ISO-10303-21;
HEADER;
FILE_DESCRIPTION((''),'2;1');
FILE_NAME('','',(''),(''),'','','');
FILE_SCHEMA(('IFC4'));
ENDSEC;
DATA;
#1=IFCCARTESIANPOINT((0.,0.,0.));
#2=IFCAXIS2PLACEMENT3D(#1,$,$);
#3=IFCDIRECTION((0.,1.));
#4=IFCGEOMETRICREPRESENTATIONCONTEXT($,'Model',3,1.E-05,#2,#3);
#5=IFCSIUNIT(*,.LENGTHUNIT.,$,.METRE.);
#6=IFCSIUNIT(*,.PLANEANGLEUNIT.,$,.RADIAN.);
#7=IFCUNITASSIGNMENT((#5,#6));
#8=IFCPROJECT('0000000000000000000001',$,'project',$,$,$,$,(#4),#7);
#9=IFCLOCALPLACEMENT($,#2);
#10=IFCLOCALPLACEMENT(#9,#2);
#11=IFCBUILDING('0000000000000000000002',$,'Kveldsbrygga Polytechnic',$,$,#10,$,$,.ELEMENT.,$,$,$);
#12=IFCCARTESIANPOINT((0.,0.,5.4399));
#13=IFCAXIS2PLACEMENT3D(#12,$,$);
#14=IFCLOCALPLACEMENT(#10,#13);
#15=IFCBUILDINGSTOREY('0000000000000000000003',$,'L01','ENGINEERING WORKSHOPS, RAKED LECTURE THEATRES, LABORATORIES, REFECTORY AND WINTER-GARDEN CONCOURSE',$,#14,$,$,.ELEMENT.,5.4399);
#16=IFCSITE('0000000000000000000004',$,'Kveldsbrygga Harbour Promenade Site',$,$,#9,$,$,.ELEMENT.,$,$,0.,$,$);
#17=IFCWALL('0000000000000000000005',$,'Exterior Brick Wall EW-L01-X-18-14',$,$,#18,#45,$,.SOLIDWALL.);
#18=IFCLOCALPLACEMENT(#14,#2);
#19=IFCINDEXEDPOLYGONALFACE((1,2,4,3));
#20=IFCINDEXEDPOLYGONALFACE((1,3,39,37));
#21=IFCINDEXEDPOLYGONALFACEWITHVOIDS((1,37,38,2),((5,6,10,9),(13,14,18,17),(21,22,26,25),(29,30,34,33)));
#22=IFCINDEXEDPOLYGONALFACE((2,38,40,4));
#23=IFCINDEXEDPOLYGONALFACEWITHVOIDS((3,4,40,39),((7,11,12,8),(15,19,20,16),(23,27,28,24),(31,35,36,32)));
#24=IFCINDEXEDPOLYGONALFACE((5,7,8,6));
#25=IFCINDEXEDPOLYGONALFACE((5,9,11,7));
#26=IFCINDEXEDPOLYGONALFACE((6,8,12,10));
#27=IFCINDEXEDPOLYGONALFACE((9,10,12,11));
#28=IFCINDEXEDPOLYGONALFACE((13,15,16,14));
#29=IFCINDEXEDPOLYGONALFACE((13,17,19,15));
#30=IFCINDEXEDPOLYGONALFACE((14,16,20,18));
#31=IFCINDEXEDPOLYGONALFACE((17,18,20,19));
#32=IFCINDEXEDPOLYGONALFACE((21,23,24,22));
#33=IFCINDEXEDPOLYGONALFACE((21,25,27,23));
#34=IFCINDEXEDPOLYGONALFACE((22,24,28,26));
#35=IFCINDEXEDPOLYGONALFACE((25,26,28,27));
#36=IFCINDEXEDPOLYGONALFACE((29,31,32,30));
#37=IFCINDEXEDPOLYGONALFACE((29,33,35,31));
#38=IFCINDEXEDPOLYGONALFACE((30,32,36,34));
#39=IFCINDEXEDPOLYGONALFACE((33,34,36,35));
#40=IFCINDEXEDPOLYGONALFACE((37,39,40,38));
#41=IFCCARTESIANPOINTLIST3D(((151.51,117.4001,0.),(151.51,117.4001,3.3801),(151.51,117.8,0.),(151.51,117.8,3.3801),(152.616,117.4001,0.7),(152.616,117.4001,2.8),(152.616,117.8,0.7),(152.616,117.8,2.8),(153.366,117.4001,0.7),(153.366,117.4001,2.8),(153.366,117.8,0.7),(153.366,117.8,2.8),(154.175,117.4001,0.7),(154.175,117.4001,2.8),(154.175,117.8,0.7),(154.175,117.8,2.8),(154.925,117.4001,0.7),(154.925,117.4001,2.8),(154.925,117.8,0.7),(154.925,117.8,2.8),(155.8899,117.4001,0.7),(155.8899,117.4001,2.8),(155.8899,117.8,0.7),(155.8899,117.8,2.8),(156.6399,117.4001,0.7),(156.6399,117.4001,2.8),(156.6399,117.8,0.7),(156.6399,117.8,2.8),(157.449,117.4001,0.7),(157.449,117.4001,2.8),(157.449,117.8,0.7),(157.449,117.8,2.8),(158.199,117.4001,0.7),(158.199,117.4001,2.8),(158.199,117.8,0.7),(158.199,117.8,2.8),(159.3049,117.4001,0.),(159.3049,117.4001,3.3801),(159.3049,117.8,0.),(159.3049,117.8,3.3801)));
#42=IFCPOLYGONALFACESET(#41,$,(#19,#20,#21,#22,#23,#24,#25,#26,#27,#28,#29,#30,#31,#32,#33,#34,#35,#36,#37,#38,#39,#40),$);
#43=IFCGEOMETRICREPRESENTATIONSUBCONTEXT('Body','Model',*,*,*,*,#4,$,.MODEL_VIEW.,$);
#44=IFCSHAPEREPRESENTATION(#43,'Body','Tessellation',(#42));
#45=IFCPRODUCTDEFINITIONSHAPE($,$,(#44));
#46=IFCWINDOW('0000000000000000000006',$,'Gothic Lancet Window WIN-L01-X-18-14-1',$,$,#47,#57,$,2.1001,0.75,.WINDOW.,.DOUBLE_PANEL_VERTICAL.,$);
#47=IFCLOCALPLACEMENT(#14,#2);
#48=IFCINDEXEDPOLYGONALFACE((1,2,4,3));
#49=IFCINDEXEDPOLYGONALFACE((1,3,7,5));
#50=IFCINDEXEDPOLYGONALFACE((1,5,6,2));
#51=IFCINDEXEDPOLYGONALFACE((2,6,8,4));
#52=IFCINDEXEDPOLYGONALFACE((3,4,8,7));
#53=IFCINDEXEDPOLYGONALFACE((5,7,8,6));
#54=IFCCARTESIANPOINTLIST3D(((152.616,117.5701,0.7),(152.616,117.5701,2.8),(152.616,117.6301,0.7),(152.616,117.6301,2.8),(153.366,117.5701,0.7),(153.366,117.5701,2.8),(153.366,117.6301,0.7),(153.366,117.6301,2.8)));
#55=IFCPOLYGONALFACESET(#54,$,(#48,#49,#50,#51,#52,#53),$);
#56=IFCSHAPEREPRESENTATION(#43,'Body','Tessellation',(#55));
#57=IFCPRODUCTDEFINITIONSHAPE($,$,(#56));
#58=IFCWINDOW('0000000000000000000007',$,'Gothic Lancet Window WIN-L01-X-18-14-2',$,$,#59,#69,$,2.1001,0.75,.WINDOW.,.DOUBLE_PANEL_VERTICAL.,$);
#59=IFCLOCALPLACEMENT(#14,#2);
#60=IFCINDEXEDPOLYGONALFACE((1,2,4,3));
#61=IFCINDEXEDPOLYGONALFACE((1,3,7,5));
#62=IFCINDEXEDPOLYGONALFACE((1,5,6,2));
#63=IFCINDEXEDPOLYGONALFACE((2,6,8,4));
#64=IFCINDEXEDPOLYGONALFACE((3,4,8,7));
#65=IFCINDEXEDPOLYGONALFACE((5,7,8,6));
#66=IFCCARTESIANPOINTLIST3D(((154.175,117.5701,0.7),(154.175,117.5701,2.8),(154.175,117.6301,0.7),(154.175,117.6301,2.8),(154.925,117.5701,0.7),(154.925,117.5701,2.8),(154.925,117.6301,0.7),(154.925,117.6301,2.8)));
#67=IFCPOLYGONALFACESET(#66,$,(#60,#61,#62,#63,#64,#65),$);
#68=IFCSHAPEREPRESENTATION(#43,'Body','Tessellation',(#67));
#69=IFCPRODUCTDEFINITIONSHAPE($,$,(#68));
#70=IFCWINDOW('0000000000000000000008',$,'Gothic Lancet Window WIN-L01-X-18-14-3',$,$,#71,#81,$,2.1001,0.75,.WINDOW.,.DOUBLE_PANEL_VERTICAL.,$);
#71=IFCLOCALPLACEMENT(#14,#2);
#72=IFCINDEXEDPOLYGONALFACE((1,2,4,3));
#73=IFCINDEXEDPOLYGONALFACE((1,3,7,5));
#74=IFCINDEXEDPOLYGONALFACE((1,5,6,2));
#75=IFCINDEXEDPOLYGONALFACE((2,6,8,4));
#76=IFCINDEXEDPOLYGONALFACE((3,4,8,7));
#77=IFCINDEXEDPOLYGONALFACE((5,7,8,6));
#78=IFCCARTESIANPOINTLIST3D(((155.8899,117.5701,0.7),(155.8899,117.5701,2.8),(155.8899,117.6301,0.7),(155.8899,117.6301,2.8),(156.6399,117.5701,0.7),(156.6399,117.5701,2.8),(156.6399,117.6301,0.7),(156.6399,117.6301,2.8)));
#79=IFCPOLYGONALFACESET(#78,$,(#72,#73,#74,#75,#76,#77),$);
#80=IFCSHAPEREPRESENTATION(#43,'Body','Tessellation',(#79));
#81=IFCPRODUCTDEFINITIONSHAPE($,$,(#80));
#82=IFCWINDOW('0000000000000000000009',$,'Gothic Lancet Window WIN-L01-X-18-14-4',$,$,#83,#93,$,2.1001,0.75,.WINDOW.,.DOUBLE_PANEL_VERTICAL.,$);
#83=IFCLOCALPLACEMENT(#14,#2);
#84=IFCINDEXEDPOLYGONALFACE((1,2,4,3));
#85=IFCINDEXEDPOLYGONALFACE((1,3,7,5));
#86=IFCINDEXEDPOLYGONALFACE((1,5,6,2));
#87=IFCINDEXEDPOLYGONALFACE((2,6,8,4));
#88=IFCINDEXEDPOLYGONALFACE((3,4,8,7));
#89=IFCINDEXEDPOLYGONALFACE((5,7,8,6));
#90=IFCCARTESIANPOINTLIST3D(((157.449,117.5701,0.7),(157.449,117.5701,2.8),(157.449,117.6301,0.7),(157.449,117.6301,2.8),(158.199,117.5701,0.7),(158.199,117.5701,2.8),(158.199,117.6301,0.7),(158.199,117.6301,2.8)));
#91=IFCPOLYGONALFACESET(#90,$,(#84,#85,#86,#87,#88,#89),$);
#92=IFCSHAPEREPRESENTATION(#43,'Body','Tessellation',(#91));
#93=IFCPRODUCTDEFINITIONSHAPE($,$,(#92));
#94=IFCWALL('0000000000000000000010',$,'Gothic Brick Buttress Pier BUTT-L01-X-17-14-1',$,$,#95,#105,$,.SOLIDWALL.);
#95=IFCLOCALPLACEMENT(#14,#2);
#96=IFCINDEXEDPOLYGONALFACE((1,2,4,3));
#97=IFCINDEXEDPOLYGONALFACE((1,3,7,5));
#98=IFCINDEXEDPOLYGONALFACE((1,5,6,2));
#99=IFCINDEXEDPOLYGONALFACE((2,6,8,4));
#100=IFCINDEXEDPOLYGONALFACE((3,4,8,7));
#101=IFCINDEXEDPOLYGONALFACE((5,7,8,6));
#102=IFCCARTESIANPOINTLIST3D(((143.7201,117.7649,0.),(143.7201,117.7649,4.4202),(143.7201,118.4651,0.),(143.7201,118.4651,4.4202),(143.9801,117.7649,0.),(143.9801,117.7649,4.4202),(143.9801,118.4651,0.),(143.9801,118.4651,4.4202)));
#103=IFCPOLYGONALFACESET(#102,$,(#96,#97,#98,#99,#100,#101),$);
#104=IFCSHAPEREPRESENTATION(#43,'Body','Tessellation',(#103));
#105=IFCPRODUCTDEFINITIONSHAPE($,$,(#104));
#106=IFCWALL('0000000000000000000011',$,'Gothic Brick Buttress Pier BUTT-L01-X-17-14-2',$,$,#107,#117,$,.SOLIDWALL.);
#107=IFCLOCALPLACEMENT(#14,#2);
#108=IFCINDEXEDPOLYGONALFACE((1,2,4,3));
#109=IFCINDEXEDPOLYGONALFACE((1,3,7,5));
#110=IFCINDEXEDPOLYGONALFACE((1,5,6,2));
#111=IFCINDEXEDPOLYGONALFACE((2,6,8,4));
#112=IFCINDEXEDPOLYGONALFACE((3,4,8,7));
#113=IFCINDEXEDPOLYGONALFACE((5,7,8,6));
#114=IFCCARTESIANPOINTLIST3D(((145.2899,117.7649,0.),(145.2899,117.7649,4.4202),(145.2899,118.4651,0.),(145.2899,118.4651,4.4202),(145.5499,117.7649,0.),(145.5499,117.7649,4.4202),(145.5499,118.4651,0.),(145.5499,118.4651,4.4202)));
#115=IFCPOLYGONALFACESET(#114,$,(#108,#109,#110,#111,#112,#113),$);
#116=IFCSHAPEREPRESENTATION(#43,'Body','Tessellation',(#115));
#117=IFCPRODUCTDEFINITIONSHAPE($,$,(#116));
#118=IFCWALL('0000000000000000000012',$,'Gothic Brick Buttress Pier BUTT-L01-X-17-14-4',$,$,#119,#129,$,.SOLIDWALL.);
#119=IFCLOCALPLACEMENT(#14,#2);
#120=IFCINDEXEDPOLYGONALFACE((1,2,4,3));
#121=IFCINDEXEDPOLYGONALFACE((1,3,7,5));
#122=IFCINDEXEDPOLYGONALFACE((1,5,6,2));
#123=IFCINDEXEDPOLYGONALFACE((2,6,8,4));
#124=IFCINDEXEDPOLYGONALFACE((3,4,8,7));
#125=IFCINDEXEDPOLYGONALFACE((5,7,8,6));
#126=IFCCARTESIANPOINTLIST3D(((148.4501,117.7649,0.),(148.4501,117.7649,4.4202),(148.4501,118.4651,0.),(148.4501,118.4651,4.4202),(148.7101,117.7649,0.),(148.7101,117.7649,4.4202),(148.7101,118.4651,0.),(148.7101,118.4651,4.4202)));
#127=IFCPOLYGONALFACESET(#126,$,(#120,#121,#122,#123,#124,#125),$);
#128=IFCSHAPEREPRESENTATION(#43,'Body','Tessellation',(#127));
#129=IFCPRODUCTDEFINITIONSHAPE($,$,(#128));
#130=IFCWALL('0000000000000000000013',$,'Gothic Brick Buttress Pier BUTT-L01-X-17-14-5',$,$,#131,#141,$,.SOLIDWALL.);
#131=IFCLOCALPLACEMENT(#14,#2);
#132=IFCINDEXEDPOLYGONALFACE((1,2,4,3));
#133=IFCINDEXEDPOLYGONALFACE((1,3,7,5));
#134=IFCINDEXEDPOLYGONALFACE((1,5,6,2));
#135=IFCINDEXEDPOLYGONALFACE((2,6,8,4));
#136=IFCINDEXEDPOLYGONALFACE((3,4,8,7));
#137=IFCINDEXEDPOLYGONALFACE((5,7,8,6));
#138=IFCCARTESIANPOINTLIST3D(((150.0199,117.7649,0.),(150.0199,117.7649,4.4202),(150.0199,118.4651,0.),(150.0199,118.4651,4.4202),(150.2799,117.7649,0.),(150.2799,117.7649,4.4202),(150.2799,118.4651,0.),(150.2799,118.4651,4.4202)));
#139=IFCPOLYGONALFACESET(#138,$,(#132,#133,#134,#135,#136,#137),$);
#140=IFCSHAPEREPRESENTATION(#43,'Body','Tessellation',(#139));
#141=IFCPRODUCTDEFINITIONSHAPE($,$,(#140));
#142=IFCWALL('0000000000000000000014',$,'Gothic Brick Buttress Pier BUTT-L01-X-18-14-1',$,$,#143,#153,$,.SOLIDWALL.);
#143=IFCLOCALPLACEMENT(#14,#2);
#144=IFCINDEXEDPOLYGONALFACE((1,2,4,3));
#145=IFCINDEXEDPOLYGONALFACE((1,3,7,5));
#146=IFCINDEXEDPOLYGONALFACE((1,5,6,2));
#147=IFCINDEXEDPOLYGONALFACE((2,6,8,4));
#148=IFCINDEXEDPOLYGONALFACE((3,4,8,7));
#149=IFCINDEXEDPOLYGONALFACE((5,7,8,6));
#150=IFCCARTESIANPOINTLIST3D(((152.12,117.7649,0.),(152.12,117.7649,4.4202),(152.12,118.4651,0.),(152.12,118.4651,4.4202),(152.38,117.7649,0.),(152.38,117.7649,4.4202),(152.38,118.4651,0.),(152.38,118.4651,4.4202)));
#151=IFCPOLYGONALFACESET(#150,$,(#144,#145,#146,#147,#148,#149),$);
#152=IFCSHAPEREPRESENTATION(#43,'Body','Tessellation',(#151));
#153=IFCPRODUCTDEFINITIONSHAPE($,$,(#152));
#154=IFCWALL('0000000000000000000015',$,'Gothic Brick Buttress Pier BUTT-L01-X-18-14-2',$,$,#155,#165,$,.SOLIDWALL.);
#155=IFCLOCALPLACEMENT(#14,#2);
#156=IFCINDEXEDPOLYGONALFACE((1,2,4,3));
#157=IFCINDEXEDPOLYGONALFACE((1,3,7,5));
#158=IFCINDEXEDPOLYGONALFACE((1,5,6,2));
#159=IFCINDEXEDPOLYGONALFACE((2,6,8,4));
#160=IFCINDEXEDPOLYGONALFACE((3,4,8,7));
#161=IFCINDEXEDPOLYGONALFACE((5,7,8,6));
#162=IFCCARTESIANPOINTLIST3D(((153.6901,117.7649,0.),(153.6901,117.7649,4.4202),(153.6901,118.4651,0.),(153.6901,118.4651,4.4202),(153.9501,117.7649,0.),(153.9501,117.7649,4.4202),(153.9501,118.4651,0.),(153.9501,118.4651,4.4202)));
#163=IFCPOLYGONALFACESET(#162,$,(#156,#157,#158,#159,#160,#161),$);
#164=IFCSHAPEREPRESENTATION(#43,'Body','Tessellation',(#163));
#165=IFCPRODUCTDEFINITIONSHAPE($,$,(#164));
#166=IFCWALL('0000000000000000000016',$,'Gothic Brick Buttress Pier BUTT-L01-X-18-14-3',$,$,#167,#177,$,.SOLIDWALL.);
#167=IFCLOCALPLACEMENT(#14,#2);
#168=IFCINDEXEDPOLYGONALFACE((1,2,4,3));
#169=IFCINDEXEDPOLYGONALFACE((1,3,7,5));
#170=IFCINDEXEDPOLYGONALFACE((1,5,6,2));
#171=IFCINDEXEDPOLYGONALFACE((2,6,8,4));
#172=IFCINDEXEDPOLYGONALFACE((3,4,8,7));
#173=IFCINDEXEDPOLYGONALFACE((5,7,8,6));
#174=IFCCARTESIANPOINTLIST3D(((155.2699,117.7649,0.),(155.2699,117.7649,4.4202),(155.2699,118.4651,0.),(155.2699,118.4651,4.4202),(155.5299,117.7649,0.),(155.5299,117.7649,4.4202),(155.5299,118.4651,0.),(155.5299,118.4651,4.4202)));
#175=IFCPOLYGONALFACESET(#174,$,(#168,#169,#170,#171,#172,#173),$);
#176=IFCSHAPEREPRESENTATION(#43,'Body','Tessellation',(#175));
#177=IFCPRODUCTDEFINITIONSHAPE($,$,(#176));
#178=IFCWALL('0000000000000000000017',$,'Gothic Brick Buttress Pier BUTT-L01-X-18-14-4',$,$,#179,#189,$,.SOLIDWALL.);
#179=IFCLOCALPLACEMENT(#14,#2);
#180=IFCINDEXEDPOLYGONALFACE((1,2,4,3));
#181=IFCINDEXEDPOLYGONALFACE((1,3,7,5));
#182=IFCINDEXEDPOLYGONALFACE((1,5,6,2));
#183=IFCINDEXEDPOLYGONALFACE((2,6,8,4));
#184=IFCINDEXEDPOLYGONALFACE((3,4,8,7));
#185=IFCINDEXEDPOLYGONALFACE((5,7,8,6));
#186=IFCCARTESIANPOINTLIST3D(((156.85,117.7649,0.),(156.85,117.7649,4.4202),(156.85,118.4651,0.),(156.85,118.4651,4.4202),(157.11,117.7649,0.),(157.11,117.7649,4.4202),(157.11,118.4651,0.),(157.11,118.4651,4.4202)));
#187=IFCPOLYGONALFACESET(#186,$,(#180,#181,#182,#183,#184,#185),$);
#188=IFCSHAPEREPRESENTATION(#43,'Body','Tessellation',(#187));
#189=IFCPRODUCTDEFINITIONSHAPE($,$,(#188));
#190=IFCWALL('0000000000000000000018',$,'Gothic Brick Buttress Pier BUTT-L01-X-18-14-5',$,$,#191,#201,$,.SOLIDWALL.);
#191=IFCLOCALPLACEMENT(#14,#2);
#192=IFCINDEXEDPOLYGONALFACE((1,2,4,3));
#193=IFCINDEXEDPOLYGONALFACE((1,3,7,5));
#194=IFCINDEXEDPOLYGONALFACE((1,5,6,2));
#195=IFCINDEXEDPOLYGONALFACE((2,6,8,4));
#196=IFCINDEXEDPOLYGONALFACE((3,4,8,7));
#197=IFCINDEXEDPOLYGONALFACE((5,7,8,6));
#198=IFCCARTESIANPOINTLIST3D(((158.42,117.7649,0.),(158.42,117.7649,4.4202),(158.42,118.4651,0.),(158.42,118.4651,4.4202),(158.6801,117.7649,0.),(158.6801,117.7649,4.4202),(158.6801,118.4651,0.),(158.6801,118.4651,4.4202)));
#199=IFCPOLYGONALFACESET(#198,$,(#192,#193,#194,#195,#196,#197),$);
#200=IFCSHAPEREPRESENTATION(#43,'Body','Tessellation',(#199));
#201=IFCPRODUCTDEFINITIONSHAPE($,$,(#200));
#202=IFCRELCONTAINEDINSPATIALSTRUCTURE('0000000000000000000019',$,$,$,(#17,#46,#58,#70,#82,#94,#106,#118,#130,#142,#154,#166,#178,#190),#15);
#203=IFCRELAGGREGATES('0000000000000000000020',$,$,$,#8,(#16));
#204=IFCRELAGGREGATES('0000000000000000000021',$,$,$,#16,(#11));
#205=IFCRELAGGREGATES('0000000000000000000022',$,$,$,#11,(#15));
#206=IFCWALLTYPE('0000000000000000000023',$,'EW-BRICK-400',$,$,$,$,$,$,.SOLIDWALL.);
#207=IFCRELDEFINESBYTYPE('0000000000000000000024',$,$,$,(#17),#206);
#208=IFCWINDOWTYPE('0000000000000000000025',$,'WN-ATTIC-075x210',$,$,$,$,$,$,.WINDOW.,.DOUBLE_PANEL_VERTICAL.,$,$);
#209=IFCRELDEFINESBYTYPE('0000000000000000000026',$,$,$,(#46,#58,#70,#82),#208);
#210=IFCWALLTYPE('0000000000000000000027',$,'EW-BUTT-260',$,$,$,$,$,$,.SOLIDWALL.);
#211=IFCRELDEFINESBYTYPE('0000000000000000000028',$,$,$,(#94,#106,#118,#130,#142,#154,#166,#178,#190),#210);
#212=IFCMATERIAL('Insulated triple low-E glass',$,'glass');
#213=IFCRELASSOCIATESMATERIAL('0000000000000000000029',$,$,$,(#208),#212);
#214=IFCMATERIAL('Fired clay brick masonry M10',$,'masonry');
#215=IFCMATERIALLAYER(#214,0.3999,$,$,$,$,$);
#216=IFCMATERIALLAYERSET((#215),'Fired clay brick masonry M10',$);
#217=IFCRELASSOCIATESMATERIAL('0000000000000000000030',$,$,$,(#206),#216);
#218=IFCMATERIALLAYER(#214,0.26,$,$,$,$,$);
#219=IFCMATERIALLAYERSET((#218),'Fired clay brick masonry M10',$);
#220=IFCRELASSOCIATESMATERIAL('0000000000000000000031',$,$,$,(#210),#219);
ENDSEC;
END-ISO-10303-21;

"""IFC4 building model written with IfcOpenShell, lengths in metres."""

from ifc_helpers import new_model, si_unit, direction, frame, frame_2d, origin, place, context, subcontext, project, spatial, rectangle, extrude, material, layer, layer_set, type_object, element, fill, save


model = new_model("IFC4")

# Units and contexts
model_context = context("Model", 3, precision=1e-05, world=origin(), true_north=direction((0.0, 1.0)))
body_context = subcontext(model_context, "Body", "Model", "MODEL_VIEW")
ifc_project = project(units=[si_unit("LENGTHUNIT", "METRE"), si_unit("PLANEANGLEUNIT", "RADIAN")], contexts=[model_context])

# Site, building, storey
site_placement = place(None, origin())
site = spatial("IfcSite", under=ifc_project, at=site_placement, Name="Kveldsbrygga Harbour Promenade Site", CompositionType="ELEMENT", RefElevation=0.0)
building_placement = place(site_placement, origin())
building = spatial("IfcBuilding", under=site, at=building_placement, Name="Kveldsbrygga Polytechnic", CompositionType="ELEMENT")
storey_placement = place(building_placement, frame((0.0, 0.0, 5.4399)))
storey = spatial("IfcBuildingStorey", under=building, at=storey_placement, Name="L01", Description="ENGINEERING WORKSHOPS, RAKED LECTURE THEATRES, LABORATORIES, REFECTORY AND WINTER-GARDEN CONCOURSE", CompositionType="ELEMENT", Elevation=5.4399)

# Wall, openings, windows
ifc_material_1 = material(Name="Fired clay brick masonry M10", Category="masonry")
ifc_material_2 = material(Name="Insulated triple low-E glass", Category="glass")
window_type = type_object("IfcWindowType", Name="WN-ATTIC-075x210", PartitioningType="DOUBLE_PANEL_VERTICAL", PredefinedType="WINDOW", material=ifc_material_2)
ifc_layer_1 = layer(ifc_material_1, 0.3999)
ifc_layer_set_1 = layer_set([ifc_layer_1], Name="Fired clay brick masonry M10")
wall_type_1 = type_object("IfcWallType", Name="EW-BRICK-400", PredefinedType="SOLIDWALL", material=ifc_layer_set_1)
wall_1_placement = place(storey_placement, frame((151.51, 117.6001, 0.0), z_axis=(0.0, 0.0, 1.0), x_axis=(1.0, 0.0, 0.0)))
wall_1 = element("IfcWall", 1, at=wall_1_placement, inside=storey, type_object=wall_type_1, Name="Exterior Brick Wall EW-L01-X-18-14", PredefinedType="SOLIDWALL", context=body_context, shape_type="SweptSolid", body=[
    extrude(rectangle(XDim=7.7949, YDim=0.3999, at=frame_2d((3.8975, 0.0))), origin(), (0.0, 0.0, 1.0), 3.3801),
])
opening_1_placement = place(wall_1_placement, frame((1.106, 0.0, 0.7)))
opening_1 = element("IfcOpeningElement", 2, at=opening_1_placement, cuts=wall_1, PredefinedType="OPENING", context=body_context, shape_type="SweptSolid", body=[
    extrude(rectangle(XDim=0.75, YDim=2.1001, at=frame_2d((0.375, 1.05))), frame((0.0, 0.21, 0.0), z_axis=(0.0, -1.0, 0.0), x_axis=(1.0, 0.0, 0.0)), (0.0, 0.0, 1.0), 0.4199),
])
opening_2_placement = place(wall_1_placement, frame((2.665, 0.0, 0.7)))
opening_2 = element("IfcOpeningElement", 3, at=opening_2_placement, cuts=wall_1, PredefinedType="OPENING", context=body_context, shape_type="SweptSolid", body=[
    extrude(rectangle(XDim=0.75, YDim=2.1001, at=frame_2d((0.375, 1.05))), frame((0.0, 0.21, 0.0), z_axis=(0.0, -1.0, 0.0), x_axis=(1.0, 0.0, 0.0)), (0.0, 0.0, 1.0), 0.4199),
])
opening_3_placement = place(wall_1_placement, frame((4.3799, 0.0, 0.7)))
opening_3 = element("IfcOpeningElement", 4, at=opening_3_placement, cuts=wall_1, PredefinedType="OPENING", context=body_context, shape_type="SweptSolid", body=[
    extrude(rectangle(XDim=0.75, YDim=2.1001, at=frame_2d((0.375, 1.05))), frame((0.0, 0.21, 0.0), z_axis=(0.0, -1.0, 0.0), x_axis=(1.0, 0.0, 0.0)), (0.0, 0.0, 1.0), 0.4199),
])
opening_4_placement = place(wall_1_placement, frame((5.939, 0.0, 0.7)))
opening_4 = element("IfcOpeningElement", 5, at=opening_4_placement, cuts=wall_1, PredefinedType="OPENING", context=body_context, shape_type="SweptSolid", body=[
    extrude(rectangle(XDim=0.75, YDim=2.1001, at=frame_2d((0.375, 1.05))), frame((0.0, 0.21, 0.0), z_axis=(0.0, -1.0, 0.0), x_axis=(1.0, 0.0, 0.0)), (0.0, 0.0, 1.0), 0.4199),
])
window_1_placement = place(opening_1_placement, origin())
window_1 = element("IfcWindow", 6, at=window_1_placement, inside=storey, type_object=window_type, Name="Gothic Lancet Window WIN-L01-X-18-14-1", OverallHeight=2.1001, OverallWidth=0.75, PartitioningType="DOUBLE_PANEL_VERTICAL", PredefinedType="WINDOW", context=body_context, shape_type="SweptSolid", body=[
    extrude(rectangle(XDim=0.75, YDim=2.1001, at=frame_2d((0.375, 1.05))), frame((0.0, 0.03, 0.0), z_axis=(0.0, -1.0, 0.0), x_axis=(1.0, 0.0, 0.0)), (0.0, 0.0, 1.0), 0.0601),
])
fill(opening_1, window_1)
window_2_placement = place(opening_2_placement, origin())
window_2 = element("IfcWindow", 7, at=window_2_placement, inside=storey, type_object=window_type, Name="Gothic Lancet Window WIN-L01-X-18-14-2", OverallHeight=2.1001, OverallWidth=0.75, PartitioningType="DOUBLE_PANEL_VERTICAL", PredefinedType="WINDOW", context=body_context, shape_type="SweptSolid", body=[
    extrude(rectangle(XDim=0.75, YDim=2.1001, at=frame_2d((0.375, 1.05))), frame((0.0, 0.03, 0.0), z_axis=(0.0, -1.0, 0.0), x_axis=(1.0, 0.0, 0.0)), (0.0, 0.0, 1.0), 0.0601),
])
fill(opening_2, window_2)
window_3_placement = place(opening_3_placement, origin())
window_3 = element("IfcWindow", 8, at=window_3_placement, inside=storey, type_object=window_type, Name="Gothic Lancet Window WIN-L01-X-18-14-3", OverallHeight=2.1001, OverallWidth=0.75, PartitioningType="DOUBLE_PANEL_VERTICAL", PredefinedType="WINDOW", context=body_context, shape_type="SweptSolid", body=[
    extrude(rectangle(XDim=0.75, YDim=2.1001, at=frame_2d((0.375, 1.05))), frame((0.0, 0.03, 0.0), z_axis=(0.0, -1.0, 0.0), x_axis=(1.0, 0.0, 0.0)), (0.0, 0.0, 1.0), 0.0601),
])
fill(opening_3, window_3)
window_4_placement = place(opening_4_placement, origin())
window_4 = element("IfcWindow", 9, at=window_4_placement, inside=storey, type_object=window_type, Name="Gothic Lancet Window WIN-L01-X-18-14-4", OverallHeight=2.1001, OverallWidth=0.75, PartitioningType="DOUBLE_PANEL_VERTICAL", PredefinedType="WINDOW", context=body_context, shape_type="SweptSolid", body=[
    extrude(rectangle(XDim=0.75, YDim=2.1001, at=frame_2d((0.375, 1.05))), frame((0.0, 0.03, 0.0), z_axis=(0.0, -1.0, 0.0), x_axis=(1.0, 0.0, 0.0)), (0.0, 0.0, 1.0), 0.0601),
])
fill(opening_4, window_4)

# Walls
ifc_layer_2 = layer(ifc_material_1, 0.26)
ifc_layer_set_2 = layer_set([ifc_layer_2], Name="Fired clay brick masonry M10")
wall_type_2 = type_object("IfcWallType", Name="EW-BUTT-260", PredefinedType="SOLIDWALL", material=ifc_layer_set_2)
for number, where, z_axis, x_axis, name in (
    (10, (143.8501, 117.7649, 0.0), (0.0, 0.0, 1.0), (0.0, 1.0, 0.0), "Gothic Brick Buttress Pier BUTT-L01-X-17-14-1"),
    (11, (145.4199, 117.7649, 0.0), (0.0, 0.0, 1.0), (0.0, 1.0, 0.0), "Gothic Brick Buttress Pier BUTT-L01-X-17-14-2"),
    (12, (148.5801, 117.7649, 0.0), (0.0, 0.0, 1.0), (0.0, 1.0, 0.0), "Gothic Brick Buttress Pier BUTT-L01-X-17-14-4"),
    (13, (150.1499, 117.7649, 0.0), (0.0, 0.0, 1.0), (0.0, 1.0, 0.0), "Gothic Brick Buttress Pier BUTT-L01-X-17-14-5"),
    (14, (152.25, 117.7649, 0.0), (0.0, 0.0, 1.0), (0.0, 1.0, 0.0), "Gothic Brick Buttress Pier BUTT-L01-X-18-14-1"),
    (15, (153.8201, 117.7649, 0.0), (0.0, 0.0, 1.0), (0.0, 1.0, 0.0), "Gothic Brick Buttress Pier BUTT-L01-X-18-14-2"),
    (16, (155.3999, 117.7649, 0.0), (0.0, 0.0, 1.0), (0.0, 1.0, 0.0), "Gothic Brick Buttress Pier BUTT-L01-X-18-14-3"),
    (17, (156.98, 117.7649, 0.0), (0.0, 0.0, 1.0), (0.0, 1.0, 0.0), "Gothic Brick Buttress Pier BUTT-L01-X-18-14-4"),
    (18, (158.55, 117.7649, 0.0), (0.0, 0.0, 1.0), (0.0, 1.0, 0.0), "Gothic Brick Buttress Pier BUTT-L01-X-18-14-5"),
):
    element("IfcWall", number, at=place(storey_placement, frame(where, z_axis=z_axis, x_axis=x_axis)), inside=storey, type_object=wall_type_2, Name=name, PredefinedType="SOLIDWALL", context=body_context, shape_type="SweptSolid", body=[
        extrude(rectangle(XDim=0.7002, YDim=0.26, at=frame_2d((0.3501, 0.0))), origin(), (0.0, 0.0, 1.0), 4.4202),
    ])

save(model, "model.ifc")
